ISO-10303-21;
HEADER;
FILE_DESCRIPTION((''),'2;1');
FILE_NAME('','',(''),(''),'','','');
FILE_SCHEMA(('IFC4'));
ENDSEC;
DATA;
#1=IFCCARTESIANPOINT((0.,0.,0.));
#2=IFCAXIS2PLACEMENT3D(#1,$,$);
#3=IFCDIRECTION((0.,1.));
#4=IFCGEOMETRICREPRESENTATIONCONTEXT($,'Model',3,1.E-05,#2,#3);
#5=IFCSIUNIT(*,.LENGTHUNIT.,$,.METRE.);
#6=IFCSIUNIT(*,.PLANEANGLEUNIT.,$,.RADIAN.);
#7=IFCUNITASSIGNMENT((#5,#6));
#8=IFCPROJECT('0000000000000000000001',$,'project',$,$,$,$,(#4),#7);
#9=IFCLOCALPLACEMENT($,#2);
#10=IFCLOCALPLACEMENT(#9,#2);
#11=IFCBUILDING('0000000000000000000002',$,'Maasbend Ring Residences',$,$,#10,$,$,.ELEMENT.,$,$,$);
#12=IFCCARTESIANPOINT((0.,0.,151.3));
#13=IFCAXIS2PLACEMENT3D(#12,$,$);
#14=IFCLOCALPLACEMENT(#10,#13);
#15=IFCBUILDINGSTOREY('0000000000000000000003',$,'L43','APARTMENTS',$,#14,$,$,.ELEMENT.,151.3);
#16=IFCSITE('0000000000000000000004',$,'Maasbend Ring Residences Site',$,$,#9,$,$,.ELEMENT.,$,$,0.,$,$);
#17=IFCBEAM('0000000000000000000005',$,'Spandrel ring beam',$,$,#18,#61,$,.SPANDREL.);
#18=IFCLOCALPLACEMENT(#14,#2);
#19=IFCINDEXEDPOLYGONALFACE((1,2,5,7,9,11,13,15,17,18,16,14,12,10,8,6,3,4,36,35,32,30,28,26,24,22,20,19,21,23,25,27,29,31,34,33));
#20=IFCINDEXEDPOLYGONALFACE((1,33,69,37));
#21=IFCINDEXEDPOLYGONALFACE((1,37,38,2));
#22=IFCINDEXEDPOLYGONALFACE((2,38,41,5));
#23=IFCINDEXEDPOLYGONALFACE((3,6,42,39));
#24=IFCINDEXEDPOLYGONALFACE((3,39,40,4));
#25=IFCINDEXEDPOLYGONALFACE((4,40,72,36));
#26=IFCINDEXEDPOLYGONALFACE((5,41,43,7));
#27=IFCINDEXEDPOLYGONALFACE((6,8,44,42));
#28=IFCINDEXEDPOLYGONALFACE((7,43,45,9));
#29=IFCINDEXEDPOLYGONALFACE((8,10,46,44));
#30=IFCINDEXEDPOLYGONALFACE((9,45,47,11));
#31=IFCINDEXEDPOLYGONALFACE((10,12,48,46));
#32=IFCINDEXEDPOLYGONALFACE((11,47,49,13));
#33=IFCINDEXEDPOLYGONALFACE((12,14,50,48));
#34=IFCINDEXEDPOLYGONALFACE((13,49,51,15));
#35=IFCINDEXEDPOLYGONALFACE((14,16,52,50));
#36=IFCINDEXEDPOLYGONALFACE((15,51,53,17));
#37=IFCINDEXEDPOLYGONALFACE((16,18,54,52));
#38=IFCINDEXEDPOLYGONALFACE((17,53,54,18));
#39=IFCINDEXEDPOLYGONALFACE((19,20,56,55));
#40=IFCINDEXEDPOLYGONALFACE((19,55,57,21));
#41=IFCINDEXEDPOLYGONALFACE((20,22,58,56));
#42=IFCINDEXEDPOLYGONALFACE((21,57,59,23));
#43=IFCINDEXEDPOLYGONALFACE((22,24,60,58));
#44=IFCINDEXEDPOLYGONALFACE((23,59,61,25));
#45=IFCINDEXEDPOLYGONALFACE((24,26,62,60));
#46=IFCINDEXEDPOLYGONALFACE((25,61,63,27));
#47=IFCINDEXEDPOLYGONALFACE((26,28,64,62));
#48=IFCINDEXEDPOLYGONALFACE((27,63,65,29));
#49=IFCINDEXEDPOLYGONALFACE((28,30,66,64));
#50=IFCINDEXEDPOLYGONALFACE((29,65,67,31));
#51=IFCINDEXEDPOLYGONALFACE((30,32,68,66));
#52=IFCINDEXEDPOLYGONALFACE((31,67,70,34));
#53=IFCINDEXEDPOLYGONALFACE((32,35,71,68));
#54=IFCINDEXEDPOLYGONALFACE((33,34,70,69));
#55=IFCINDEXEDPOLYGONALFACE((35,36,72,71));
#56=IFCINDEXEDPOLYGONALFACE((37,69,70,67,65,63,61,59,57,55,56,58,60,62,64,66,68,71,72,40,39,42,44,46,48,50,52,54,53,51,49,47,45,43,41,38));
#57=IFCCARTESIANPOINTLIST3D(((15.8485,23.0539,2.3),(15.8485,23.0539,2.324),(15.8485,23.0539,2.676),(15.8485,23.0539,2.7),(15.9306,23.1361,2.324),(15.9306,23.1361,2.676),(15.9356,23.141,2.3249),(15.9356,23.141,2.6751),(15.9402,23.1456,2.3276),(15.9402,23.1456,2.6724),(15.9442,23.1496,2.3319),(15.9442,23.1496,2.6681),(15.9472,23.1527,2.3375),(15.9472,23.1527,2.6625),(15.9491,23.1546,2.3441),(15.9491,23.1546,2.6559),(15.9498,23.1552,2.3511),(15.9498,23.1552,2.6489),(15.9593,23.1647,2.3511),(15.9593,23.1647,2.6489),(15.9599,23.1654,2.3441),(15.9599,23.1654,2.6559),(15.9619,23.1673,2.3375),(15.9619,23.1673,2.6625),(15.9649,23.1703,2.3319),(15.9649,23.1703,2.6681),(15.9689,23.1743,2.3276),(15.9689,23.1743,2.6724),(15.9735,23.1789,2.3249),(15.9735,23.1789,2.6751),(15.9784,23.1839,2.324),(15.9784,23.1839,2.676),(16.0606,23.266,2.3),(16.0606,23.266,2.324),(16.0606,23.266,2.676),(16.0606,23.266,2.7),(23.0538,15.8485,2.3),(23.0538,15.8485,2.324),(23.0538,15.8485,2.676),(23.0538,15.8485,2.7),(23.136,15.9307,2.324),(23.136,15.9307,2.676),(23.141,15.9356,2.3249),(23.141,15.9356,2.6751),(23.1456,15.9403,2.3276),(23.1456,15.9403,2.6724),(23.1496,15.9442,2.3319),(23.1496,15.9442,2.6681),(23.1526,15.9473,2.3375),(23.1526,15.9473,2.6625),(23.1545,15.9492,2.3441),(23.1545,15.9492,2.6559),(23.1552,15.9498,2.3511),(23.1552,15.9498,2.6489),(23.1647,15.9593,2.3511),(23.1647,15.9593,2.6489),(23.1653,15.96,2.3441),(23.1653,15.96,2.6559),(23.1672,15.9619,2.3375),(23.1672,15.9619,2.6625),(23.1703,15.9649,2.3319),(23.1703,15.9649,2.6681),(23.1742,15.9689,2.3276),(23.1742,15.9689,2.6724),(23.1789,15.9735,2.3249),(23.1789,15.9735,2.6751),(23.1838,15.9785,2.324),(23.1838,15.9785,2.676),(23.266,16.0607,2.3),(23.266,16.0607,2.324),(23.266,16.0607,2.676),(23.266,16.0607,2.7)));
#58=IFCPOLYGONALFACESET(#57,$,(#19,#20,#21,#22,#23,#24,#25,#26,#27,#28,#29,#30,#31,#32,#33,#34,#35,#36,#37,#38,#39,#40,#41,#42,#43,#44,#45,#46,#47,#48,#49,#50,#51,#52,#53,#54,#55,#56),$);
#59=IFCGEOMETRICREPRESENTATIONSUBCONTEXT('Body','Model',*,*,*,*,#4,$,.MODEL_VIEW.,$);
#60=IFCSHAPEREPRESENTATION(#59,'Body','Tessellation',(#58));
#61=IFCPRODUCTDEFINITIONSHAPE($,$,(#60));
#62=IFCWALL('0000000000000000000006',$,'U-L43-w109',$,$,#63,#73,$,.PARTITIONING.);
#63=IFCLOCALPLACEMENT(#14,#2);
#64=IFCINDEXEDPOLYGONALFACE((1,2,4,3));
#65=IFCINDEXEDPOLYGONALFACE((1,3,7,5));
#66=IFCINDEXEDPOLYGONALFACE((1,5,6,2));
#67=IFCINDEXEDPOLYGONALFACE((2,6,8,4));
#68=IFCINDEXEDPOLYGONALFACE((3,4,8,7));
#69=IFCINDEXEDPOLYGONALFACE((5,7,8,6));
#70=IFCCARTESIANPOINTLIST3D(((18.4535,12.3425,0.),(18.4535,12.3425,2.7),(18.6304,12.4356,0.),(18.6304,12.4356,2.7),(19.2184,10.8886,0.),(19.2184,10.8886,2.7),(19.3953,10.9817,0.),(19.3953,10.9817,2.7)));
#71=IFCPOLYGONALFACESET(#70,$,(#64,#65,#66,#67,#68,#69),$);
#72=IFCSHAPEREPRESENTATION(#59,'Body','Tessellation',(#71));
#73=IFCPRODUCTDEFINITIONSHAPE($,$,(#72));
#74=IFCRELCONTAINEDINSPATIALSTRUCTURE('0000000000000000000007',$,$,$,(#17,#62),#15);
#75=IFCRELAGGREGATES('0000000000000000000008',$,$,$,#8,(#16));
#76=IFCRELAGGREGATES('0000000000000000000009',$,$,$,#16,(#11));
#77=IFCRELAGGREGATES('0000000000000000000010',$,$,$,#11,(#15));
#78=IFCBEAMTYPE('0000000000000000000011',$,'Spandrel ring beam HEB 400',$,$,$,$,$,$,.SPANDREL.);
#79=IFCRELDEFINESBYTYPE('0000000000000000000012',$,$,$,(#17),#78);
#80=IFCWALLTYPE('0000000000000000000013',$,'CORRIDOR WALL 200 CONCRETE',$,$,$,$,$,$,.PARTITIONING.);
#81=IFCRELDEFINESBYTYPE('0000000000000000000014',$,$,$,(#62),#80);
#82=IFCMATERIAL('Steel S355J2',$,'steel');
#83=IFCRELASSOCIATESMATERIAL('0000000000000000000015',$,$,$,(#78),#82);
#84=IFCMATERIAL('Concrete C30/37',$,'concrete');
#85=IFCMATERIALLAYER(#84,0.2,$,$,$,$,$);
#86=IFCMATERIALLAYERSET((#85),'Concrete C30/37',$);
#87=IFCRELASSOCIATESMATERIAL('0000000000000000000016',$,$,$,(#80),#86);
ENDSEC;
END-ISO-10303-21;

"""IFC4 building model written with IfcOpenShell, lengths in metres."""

from ifc_helpers import new_model, si_unit, direction, frame, frame_2d, origin, origin_2d, place, context, subcontext, project, spatial, rectangle, i_section, extrude, material, layer, layer_set, material_profile, profile_set, type_object, element, save


model = new_model("IFC4")

# Units and contexts
model_context = context("Model", 3, precision=1e-05, world=origin(), true_north=direction((0.0, 1.0)))
body_context = subcontext(model_context, "Body", "Model", "MODEL_VIEW")
ifc_project = project(units=[si_unit("LENGTHUNIT", "METRE"), si_unit("PLANEANGLEUNIT", "RADIAN")], contexts=[model_context])

# Site, building, storey
site_placement = place(None, origin())
site = spatial("IfcSite", under=ifc_project, at=site_placement, Name="Maasbend Ring Residences Site", CompositionType="ELEMENT", RefElevation=0.0)
building_placement = place(site_placement, origin())
building = spatial("IfcBuilding", under=site, at=building_placement, Name="Maasbend Ring Residences", CompositionType="ELEMENT")
storey_placement = place(building_placement, frame((0.0, 0.0, 151.3)))
storey = spatial("IfcBuildingStorey", under=building, at=storey_placement, Name="L43", Description="APARTMENTS", CompositionType="ELEMENT", Elevation=151.3)

# Beam
ifc_material_1 = material(Name="Steel S355J2", Category="steel")
ifc_material_profile_1 = material_profile(ifc_material_1, i_section(OverallWidth=0.3, OverallDepth=0.3999, WebThickness=0.0134, FlangeThickness=0.0239, FilletRadius=0.0271, at=origin_2d()), Name="HEB 400")
ifc_profile_set_1 = profile_set([ifc_material_profile_1], Name="Steel S355J2")
beam_type_1 = type_object("IfcBeamType", Name="Spandrel ring beam HEB 400", PredefinedType="SPANDREL", material=ifc_profile_set_1)
beam_1_placement = place(storey_placement, frame((23.1599, 15.9546, 2.5), z_axis=(-0.707107, 0.707107, 0.0), x_axis=(-0.707107, -0.707107, 0.0)))
element("IfcBeam", 1, at=beam_1_placement, inside=storey, type_object=beam_type_1, Name="Spandrel ring beam", PredefinedType="SPANDREL", context=body_context, shape_type="SweptSolid", body=[
    extrude(i_section(OverallWidth=0.3, OverallDepth=0.3999, WebThickness=0.0134, FlangeThickness=0.0239, FilletRadius=0.0271, at=origin_2d()), origin(), (0.0, 0.0, 1.0), 10.1899),
])

# Wall
ifc_material_2 = material(Name="Concrete C30/37", Category="concrete")
ifc_layer_1 = layer(ifc_material_2, 0.2)
ifc_layer_set_1 = layer_set([ifc_layer_1], Name="Concrete C30/37")
wall_type_1 = type_object("IfcWallType", Name="CORRIDOR WALL 200 CONCRETE", PredefinedType="PARTITIONING", material=ifc_layer_set_1)
wall_1_placement = place(storey_placement, frame((18.542, 12.3889, 0.0), z_axis=(0.0, 0.0, 1.0), x_axis=(0.465606, -0.884992, 0.0)))
element("IfcWall", 2, at=wall_1_placement, inside=storey, type_object=wall_type_1, Name="U-L43-w109", PredefinedType="PARTITIONING", context=body_context, shape_type="SweptSolid", body=[
    extrude(rectangle(XDim=1.6428, YDim=0.2, at=frame_2d((0.8213, 0.0))), origin(), (0.0, 0.0, 1.0), 2.7),
])

save(model, "model.ifc")
